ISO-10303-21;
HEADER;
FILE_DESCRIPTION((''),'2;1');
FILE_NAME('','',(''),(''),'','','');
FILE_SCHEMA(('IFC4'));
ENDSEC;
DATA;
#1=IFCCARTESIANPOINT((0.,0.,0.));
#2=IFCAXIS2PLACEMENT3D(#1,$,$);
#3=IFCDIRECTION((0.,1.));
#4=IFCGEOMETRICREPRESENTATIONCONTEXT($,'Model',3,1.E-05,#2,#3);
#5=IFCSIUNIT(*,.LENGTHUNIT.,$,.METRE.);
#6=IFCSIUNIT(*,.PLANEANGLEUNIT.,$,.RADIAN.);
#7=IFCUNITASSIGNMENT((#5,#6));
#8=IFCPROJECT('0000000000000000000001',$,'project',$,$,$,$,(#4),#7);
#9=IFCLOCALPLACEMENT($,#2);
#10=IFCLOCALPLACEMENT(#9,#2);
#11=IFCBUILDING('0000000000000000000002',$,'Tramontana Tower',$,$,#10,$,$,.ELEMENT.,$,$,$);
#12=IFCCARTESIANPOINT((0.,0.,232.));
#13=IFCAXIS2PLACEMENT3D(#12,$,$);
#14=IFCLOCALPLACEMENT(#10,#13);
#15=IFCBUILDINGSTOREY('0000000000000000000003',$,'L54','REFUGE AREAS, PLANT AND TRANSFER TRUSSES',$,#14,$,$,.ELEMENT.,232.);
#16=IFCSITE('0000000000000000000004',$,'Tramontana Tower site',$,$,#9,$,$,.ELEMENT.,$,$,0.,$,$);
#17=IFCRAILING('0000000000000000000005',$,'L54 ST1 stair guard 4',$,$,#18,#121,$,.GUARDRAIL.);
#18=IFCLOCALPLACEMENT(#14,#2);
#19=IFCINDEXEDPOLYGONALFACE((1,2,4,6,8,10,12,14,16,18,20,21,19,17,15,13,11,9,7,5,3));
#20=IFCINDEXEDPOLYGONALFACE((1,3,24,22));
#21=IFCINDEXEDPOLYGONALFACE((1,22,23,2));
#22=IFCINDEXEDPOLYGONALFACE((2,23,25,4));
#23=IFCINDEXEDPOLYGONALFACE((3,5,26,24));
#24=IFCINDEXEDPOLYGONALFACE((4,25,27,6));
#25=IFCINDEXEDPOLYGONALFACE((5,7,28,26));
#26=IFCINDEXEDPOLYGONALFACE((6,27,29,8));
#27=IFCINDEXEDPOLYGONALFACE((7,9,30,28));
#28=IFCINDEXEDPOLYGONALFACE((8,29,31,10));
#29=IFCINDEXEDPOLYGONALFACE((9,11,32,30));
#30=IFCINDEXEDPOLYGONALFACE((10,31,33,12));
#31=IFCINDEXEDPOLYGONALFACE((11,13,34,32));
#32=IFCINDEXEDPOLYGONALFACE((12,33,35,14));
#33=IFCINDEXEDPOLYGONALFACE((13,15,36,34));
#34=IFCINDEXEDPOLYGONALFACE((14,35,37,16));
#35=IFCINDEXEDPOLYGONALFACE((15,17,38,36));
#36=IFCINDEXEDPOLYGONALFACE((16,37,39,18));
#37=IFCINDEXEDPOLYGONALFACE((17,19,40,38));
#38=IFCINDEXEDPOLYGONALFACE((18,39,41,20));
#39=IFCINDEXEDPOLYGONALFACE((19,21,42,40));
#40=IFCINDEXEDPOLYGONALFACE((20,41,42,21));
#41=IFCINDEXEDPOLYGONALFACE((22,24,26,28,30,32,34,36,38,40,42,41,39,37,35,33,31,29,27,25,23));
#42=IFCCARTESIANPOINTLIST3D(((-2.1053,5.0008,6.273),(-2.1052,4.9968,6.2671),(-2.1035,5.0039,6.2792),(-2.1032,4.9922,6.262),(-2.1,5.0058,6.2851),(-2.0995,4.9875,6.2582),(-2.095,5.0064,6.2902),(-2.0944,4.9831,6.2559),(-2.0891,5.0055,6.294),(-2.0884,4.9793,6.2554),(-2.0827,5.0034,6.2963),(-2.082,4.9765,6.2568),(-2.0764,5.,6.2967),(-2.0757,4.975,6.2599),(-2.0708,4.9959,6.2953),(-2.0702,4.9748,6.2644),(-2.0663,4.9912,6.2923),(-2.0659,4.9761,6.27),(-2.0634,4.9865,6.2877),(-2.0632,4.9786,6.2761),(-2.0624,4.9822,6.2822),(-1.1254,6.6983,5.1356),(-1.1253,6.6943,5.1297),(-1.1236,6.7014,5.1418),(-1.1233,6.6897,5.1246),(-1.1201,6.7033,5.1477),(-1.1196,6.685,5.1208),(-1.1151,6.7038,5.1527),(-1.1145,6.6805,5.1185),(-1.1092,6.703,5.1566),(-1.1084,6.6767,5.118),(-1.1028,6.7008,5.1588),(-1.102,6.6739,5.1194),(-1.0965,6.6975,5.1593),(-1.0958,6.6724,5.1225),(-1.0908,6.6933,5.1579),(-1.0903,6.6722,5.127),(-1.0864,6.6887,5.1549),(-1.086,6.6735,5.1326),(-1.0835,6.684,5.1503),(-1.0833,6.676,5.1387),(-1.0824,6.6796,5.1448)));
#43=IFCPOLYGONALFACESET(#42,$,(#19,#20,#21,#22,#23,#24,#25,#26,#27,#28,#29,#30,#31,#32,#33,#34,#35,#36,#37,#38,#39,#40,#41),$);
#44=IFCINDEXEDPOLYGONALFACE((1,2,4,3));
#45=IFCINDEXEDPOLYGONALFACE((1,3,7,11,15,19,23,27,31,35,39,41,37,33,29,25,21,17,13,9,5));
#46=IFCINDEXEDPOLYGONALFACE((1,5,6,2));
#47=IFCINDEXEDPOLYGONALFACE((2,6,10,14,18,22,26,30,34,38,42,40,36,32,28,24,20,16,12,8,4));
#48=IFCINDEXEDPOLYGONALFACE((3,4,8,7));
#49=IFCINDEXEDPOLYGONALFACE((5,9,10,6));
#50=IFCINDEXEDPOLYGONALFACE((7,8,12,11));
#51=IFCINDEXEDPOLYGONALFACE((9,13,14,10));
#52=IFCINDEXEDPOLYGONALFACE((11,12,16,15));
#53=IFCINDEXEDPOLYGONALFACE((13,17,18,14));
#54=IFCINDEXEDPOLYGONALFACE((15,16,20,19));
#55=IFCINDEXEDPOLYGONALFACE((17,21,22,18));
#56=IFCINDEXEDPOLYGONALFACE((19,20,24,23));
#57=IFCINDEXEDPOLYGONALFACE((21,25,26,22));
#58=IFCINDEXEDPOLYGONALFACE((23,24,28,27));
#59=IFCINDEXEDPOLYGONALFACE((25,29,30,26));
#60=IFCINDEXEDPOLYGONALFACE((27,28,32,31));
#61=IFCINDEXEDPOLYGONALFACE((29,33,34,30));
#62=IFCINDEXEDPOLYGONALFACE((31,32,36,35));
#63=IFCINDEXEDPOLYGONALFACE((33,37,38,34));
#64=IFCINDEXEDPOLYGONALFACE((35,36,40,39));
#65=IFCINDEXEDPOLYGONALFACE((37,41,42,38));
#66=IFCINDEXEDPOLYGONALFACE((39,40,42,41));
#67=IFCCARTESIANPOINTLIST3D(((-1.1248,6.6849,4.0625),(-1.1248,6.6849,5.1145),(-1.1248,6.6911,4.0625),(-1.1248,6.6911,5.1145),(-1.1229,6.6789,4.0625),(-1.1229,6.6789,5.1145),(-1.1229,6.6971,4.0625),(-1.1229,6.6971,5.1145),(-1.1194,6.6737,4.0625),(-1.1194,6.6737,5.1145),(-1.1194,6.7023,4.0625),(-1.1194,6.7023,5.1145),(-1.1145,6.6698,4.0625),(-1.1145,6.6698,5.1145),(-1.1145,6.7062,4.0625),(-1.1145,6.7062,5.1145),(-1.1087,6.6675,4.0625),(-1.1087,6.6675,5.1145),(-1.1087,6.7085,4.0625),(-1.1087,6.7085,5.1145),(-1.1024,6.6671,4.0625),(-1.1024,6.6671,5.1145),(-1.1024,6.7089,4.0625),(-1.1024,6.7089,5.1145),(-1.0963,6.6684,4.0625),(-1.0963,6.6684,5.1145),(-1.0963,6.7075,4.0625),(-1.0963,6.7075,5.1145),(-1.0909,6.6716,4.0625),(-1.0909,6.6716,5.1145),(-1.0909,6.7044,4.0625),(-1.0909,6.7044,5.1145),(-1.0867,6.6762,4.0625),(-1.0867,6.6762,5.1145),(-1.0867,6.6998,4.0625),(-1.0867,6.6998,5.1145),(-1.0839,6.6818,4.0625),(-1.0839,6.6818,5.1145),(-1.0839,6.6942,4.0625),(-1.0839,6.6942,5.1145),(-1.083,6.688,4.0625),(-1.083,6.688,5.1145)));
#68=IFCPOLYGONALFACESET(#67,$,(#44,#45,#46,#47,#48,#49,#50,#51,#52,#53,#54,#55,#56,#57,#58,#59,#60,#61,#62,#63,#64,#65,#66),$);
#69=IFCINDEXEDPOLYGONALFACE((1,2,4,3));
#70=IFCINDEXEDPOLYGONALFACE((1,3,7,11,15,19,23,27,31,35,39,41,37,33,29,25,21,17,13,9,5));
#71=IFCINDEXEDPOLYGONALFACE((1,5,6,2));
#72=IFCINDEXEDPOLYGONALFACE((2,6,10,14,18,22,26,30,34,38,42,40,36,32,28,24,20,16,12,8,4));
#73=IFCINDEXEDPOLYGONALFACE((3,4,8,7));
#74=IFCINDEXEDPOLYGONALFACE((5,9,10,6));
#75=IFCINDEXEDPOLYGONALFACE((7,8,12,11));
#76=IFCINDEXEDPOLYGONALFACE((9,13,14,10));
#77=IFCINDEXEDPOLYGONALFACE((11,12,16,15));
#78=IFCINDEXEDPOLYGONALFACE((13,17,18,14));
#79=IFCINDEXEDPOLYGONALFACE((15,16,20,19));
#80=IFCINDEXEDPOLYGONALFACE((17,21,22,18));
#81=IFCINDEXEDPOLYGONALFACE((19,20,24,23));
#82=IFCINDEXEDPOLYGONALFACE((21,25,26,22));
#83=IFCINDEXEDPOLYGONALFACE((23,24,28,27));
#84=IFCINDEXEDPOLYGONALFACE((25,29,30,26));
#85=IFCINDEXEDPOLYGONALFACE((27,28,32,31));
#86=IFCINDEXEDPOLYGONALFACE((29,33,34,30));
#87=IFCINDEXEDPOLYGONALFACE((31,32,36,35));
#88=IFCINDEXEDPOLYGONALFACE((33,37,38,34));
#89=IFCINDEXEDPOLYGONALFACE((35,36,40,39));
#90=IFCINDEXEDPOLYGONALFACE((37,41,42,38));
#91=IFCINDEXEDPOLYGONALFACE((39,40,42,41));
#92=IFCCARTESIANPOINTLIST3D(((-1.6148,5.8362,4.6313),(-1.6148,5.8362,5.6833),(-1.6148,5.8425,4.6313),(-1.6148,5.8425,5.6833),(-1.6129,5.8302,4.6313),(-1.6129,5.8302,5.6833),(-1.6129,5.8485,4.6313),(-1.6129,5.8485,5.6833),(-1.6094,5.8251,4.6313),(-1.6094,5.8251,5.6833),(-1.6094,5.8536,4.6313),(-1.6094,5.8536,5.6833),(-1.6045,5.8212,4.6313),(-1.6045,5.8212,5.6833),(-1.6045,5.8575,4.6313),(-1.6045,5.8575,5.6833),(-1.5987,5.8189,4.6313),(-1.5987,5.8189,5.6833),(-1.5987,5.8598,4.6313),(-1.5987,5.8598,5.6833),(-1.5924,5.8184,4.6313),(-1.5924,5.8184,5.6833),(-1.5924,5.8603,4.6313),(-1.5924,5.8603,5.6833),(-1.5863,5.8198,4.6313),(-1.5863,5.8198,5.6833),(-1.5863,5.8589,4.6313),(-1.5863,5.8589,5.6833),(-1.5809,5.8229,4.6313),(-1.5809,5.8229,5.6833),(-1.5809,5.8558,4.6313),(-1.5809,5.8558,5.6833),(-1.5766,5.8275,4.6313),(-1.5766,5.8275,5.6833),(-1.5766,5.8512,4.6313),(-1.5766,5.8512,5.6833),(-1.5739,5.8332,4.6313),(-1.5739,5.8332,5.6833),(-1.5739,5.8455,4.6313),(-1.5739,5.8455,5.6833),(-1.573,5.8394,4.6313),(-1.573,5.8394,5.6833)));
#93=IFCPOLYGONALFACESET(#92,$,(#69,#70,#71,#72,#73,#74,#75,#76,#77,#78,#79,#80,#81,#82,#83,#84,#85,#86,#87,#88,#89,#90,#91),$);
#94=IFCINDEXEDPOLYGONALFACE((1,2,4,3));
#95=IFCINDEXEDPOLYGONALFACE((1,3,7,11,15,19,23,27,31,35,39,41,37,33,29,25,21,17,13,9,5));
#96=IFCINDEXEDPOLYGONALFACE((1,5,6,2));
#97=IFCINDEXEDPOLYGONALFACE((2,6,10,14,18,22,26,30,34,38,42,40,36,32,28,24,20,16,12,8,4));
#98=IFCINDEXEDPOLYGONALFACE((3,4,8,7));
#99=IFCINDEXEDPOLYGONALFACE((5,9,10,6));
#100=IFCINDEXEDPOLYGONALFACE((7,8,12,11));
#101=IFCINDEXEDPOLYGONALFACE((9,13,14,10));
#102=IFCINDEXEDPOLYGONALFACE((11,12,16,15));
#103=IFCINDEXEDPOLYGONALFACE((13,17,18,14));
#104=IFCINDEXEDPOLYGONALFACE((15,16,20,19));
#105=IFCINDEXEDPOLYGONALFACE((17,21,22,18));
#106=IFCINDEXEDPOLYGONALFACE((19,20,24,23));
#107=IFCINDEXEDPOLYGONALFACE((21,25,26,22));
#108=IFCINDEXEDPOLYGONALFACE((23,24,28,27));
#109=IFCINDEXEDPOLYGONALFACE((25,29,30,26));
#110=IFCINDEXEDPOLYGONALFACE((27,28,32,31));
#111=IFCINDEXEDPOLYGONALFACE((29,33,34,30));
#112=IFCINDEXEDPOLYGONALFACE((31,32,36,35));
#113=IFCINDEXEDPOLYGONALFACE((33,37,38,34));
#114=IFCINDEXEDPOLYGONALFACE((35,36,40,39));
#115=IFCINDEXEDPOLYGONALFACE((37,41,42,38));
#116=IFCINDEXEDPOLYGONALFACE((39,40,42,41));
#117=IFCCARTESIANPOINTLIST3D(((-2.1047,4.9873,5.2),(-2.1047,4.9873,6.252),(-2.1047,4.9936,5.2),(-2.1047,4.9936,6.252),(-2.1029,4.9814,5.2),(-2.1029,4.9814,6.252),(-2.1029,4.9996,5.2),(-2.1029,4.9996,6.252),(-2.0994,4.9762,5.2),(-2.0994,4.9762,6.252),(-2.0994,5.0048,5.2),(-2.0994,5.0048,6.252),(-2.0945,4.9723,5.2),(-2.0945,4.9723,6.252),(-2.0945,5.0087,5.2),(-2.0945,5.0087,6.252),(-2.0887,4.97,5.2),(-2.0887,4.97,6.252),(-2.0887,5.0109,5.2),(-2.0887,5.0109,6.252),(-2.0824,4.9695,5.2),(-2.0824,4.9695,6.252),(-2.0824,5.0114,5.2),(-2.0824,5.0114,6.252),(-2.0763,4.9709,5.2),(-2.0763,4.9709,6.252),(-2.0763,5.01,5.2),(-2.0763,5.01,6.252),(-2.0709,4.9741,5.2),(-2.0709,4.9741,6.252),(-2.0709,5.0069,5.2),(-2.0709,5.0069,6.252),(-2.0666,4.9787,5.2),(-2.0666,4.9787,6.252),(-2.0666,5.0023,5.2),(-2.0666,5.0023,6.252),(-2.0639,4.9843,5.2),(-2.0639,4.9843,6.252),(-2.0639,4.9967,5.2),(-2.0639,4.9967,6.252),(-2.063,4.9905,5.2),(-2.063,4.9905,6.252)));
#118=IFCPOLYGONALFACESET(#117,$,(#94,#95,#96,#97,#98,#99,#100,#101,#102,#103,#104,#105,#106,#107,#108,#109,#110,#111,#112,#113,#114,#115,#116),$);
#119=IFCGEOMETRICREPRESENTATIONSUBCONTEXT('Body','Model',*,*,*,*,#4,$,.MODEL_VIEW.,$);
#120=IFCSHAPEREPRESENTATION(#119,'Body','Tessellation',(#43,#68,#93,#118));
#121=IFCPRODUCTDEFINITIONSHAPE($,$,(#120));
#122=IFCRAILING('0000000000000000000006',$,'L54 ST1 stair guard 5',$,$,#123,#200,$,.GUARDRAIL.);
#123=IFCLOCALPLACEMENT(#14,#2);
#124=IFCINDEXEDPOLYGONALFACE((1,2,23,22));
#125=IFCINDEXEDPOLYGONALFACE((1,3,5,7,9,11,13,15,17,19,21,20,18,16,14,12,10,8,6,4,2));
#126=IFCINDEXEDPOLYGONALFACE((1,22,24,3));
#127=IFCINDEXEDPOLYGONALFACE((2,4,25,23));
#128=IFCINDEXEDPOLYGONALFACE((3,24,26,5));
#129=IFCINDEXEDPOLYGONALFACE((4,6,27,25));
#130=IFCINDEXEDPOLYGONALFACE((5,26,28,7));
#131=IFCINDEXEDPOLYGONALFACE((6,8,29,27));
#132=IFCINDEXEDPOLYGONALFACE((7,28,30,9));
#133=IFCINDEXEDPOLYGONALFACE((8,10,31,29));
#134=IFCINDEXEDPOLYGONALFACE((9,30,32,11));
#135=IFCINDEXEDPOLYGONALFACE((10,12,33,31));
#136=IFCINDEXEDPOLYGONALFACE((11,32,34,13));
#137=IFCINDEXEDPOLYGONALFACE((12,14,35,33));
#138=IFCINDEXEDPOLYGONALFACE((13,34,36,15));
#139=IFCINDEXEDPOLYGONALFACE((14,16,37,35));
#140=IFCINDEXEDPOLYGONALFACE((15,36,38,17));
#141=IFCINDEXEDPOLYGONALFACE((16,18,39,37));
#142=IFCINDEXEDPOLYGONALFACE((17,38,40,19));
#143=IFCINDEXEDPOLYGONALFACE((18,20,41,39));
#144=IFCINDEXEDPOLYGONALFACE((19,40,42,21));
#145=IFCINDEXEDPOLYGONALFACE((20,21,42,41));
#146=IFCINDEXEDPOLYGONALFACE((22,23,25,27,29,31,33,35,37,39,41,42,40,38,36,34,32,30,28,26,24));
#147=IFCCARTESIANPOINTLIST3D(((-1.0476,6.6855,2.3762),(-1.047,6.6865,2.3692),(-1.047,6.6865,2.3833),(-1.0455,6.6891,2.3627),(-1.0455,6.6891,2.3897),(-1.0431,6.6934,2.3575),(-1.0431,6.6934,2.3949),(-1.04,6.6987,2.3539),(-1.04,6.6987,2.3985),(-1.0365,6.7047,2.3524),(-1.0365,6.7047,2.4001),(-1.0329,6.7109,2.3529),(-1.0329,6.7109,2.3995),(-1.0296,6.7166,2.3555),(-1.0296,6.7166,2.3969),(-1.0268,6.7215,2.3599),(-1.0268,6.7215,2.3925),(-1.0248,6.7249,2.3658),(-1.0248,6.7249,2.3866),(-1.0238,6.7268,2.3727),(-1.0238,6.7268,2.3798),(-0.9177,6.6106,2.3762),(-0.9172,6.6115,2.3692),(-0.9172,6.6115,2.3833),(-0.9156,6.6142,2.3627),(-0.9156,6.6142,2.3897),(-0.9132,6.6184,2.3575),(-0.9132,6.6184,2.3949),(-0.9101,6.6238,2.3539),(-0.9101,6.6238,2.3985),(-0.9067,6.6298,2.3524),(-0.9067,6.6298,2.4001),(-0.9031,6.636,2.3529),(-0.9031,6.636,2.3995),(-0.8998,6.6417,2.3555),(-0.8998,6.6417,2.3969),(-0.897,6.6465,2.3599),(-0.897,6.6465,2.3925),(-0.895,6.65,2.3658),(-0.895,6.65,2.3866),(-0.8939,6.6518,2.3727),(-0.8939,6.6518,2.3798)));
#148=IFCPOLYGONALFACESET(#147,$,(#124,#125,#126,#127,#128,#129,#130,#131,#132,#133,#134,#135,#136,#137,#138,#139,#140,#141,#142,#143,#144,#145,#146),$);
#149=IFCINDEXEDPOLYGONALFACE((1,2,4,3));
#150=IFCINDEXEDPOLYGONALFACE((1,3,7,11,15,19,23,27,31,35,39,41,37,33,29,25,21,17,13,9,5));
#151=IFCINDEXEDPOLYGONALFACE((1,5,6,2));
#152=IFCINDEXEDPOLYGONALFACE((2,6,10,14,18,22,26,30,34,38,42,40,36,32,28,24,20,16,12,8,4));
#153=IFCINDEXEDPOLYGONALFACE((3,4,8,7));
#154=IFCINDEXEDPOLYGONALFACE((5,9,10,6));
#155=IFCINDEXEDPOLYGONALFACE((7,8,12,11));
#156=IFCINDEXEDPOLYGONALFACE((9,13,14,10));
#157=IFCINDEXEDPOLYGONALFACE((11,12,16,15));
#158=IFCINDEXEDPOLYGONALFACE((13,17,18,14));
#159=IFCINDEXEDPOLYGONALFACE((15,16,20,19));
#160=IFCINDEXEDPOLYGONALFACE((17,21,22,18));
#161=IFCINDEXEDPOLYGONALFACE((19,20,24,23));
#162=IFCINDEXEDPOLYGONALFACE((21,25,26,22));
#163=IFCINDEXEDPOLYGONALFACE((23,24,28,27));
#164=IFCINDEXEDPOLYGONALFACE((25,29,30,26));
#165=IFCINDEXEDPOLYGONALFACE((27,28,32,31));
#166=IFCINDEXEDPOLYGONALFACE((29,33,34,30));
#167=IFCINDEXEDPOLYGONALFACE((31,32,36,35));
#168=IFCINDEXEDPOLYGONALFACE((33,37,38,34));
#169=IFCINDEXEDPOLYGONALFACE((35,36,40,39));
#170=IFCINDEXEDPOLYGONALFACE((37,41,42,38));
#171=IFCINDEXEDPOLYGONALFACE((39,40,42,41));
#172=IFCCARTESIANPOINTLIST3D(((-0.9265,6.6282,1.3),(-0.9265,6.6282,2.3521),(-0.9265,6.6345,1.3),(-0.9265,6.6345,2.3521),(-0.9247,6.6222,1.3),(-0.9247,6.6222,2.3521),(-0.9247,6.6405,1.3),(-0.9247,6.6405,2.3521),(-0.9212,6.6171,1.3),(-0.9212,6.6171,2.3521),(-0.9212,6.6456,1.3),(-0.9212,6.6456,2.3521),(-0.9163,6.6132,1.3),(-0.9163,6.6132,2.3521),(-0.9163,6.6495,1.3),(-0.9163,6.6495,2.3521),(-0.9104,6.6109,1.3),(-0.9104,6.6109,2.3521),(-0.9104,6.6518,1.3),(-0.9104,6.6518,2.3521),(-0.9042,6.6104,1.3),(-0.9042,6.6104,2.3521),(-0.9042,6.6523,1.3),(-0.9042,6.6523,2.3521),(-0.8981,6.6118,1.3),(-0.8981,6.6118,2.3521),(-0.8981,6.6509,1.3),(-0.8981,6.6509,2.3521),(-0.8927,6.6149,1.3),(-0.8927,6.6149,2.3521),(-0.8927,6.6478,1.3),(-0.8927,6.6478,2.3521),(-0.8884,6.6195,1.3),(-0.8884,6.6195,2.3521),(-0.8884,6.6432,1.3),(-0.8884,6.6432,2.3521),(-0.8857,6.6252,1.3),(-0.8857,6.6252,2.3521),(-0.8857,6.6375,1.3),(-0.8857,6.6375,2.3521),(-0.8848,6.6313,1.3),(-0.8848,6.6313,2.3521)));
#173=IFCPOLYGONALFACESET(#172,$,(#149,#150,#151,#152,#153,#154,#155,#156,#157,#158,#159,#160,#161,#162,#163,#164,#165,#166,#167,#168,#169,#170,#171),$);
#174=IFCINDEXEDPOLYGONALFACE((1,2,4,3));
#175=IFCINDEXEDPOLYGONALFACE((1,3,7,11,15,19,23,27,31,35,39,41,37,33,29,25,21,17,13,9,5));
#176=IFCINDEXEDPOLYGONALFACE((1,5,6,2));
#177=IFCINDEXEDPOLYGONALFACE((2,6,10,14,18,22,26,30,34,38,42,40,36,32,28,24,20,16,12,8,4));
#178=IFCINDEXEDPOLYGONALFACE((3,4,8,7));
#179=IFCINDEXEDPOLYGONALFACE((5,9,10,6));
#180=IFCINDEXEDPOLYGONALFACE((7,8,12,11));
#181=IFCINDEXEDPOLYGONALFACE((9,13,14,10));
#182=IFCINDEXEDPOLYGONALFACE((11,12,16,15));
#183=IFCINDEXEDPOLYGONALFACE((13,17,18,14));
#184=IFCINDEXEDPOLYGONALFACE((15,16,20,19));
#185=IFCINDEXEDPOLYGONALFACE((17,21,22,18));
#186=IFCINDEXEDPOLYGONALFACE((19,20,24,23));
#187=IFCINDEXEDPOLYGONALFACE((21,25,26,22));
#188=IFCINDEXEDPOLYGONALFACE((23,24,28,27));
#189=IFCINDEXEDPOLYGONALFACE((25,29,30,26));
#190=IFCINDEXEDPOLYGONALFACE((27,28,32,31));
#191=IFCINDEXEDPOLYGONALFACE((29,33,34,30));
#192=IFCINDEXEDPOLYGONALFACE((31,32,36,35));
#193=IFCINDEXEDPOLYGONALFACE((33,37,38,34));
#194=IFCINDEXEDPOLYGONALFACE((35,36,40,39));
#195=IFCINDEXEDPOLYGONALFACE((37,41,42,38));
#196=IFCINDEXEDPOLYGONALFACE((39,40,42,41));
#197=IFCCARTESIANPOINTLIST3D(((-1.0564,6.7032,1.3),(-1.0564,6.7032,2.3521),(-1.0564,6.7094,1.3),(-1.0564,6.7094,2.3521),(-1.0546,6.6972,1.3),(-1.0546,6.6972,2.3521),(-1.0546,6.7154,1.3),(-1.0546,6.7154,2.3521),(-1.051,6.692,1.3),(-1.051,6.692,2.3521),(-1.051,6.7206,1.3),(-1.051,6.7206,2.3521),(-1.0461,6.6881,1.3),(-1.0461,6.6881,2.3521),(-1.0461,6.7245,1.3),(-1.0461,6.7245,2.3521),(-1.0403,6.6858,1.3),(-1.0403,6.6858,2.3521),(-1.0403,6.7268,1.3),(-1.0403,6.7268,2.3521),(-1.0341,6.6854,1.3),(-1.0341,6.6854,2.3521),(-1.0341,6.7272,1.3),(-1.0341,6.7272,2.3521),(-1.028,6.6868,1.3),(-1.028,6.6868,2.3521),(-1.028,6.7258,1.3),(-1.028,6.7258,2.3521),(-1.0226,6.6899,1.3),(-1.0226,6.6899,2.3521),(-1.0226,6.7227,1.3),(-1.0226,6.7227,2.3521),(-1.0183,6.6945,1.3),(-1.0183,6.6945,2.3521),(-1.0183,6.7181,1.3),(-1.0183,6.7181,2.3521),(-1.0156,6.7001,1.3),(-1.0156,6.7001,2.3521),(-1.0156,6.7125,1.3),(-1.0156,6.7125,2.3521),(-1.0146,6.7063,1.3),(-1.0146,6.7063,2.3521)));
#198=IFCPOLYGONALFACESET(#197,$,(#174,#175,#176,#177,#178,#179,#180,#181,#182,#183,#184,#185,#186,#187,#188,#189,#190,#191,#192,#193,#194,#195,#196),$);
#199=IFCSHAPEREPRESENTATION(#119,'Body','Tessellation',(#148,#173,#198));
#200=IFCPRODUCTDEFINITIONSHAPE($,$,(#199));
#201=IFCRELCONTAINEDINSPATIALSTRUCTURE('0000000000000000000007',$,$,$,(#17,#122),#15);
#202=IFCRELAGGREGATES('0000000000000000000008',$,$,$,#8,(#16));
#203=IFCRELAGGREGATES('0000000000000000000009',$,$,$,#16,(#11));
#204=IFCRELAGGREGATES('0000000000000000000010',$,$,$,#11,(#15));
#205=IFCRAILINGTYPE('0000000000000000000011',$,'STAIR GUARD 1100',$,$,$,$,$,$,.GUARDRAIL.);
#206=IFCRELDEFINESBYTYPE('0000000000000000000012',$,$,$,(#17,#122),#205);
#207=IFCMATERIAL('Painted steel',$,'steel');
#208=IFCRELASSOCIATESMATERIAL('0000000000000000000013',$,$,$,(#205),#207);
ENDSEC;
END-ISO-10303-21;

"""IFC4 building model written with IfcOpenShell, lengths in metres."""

from ifc_helpers import new_model, si_unit, direction, frame, origin, origin_2d, place, context, subcontext, project, spatial, circle, extrude, material, type_object, element, save


model = new_model("IFC4")

# Units and contexts
model_context = context("Model", 3, precision=1e-05, world=origin(), true_north=direction((0.0, 1.0)))
body_context = subcontext(model_context, "Body", "Model", "MODEL_VIEW")
ifc_project = project(units=[si_unit("LENGTHUNIT", "METRE"), si_unit("PLANEANGLEUNIT", "RADIAN")], contexts=[model_context])

# Site, building, storey
site_placement = place(None, origin())
site = spatial("IfcSite", under=ifc_project, at=site_placement, Name="Tramontana Tower site", CompositionType="ELEMENT", RefElevation=0.0)
building_placement = place(site_placement, origin())
building = spatial("IfcBuilding", under=site, at=building_placement, Name="Tramontana Tower", CompositionType="ELEMENT")
storey_placement = place(building_placement, frame((0.0, 0.0, 232.0)))
storey = spatial("IfcBuildingStorey", under=building, at=storey_placement, Name="L54", Description="REFUGE AREAS, PLANT AND TRANSFER TRUSSES", CompositionType="ELEMENT", Elevation=232.0)

# Railings
ifc_material_1 = material(Name="Painted steel", Category="steel")
railing_type_1 = type_object("IfcRailingType", Name="STAIR GUARD 1100", PredefinedType="GUARDRAIL", material=ifc_material_1)
railing_1_placement = place(storey_placement, frame((-1.104, 6.688, 4.0625)))
element("IfcRailing", 1, at=railing_1_placement, inside=storey, type_object=railing_type_1, Name="L54 ST1 stair guard 4", PredefinedType="GUARDRAIL", context=body_context, shape_type="SweptSolid", body=[
    extrude(circle(Radius=0.0239, at=origin_2d()), frame((0.0, 0.0, 1.0762), z_axis=(-0.432432, -0.749053, 0.501918), x_axis=(0.866042, -0.49997, 0.0)), (0.0, 0.0, 1.0), 2.2661),
    extrude(circle(Radius=0.021, at=origin_2d()), origin(), (0.0, 0.0, 1.0), 1.052),
    extrude(circle(Radius=0.021, at=origin_2d()), frame((-0.49, -0.8486, 0.5688)), (0.0, 0.0, 1.0), 1.052),
    extrude(circle(Radius=0.021, at=origin_2d()), frame((-0.98, -1.6975, 1.1375)), (0.0, 0.0, 1.0), 1.052),
])
railing_2_placement = place(storey_placement, frame((-0.9058, 6.6313, 1.3)))
element("IfcRailing", 2, at=railing_2_placement, inside=storey, type_object=railing_type_1, Name="L54 ST1 stair guard 5", PredefinedType="GUARDRAIL", context=body_context, shape_type="SweptSolid", body=[
    extrude(circle(Radius=0.0239, at=origin_2d()), frame((0.0, 0.0, 1.0762), z_axis=(-0.866131, 0.499816, 0.0), x_axis=(-0.499816, -0.866131, 0.0)), (0.0, 0.0, 1.0), 0.1499),
    extrude(circle(Radius=0.021, at=origin_2d()), origin(), (0.0, 0.0, 1.0), 1.052),
    extrude(circle(Radius=0.021, at=origin_2d()), frame((-0.1299, 0.075, 0.0)), (0.0, 0.0, 1.0), 1.052),
])

save(model, "model.ifc")
